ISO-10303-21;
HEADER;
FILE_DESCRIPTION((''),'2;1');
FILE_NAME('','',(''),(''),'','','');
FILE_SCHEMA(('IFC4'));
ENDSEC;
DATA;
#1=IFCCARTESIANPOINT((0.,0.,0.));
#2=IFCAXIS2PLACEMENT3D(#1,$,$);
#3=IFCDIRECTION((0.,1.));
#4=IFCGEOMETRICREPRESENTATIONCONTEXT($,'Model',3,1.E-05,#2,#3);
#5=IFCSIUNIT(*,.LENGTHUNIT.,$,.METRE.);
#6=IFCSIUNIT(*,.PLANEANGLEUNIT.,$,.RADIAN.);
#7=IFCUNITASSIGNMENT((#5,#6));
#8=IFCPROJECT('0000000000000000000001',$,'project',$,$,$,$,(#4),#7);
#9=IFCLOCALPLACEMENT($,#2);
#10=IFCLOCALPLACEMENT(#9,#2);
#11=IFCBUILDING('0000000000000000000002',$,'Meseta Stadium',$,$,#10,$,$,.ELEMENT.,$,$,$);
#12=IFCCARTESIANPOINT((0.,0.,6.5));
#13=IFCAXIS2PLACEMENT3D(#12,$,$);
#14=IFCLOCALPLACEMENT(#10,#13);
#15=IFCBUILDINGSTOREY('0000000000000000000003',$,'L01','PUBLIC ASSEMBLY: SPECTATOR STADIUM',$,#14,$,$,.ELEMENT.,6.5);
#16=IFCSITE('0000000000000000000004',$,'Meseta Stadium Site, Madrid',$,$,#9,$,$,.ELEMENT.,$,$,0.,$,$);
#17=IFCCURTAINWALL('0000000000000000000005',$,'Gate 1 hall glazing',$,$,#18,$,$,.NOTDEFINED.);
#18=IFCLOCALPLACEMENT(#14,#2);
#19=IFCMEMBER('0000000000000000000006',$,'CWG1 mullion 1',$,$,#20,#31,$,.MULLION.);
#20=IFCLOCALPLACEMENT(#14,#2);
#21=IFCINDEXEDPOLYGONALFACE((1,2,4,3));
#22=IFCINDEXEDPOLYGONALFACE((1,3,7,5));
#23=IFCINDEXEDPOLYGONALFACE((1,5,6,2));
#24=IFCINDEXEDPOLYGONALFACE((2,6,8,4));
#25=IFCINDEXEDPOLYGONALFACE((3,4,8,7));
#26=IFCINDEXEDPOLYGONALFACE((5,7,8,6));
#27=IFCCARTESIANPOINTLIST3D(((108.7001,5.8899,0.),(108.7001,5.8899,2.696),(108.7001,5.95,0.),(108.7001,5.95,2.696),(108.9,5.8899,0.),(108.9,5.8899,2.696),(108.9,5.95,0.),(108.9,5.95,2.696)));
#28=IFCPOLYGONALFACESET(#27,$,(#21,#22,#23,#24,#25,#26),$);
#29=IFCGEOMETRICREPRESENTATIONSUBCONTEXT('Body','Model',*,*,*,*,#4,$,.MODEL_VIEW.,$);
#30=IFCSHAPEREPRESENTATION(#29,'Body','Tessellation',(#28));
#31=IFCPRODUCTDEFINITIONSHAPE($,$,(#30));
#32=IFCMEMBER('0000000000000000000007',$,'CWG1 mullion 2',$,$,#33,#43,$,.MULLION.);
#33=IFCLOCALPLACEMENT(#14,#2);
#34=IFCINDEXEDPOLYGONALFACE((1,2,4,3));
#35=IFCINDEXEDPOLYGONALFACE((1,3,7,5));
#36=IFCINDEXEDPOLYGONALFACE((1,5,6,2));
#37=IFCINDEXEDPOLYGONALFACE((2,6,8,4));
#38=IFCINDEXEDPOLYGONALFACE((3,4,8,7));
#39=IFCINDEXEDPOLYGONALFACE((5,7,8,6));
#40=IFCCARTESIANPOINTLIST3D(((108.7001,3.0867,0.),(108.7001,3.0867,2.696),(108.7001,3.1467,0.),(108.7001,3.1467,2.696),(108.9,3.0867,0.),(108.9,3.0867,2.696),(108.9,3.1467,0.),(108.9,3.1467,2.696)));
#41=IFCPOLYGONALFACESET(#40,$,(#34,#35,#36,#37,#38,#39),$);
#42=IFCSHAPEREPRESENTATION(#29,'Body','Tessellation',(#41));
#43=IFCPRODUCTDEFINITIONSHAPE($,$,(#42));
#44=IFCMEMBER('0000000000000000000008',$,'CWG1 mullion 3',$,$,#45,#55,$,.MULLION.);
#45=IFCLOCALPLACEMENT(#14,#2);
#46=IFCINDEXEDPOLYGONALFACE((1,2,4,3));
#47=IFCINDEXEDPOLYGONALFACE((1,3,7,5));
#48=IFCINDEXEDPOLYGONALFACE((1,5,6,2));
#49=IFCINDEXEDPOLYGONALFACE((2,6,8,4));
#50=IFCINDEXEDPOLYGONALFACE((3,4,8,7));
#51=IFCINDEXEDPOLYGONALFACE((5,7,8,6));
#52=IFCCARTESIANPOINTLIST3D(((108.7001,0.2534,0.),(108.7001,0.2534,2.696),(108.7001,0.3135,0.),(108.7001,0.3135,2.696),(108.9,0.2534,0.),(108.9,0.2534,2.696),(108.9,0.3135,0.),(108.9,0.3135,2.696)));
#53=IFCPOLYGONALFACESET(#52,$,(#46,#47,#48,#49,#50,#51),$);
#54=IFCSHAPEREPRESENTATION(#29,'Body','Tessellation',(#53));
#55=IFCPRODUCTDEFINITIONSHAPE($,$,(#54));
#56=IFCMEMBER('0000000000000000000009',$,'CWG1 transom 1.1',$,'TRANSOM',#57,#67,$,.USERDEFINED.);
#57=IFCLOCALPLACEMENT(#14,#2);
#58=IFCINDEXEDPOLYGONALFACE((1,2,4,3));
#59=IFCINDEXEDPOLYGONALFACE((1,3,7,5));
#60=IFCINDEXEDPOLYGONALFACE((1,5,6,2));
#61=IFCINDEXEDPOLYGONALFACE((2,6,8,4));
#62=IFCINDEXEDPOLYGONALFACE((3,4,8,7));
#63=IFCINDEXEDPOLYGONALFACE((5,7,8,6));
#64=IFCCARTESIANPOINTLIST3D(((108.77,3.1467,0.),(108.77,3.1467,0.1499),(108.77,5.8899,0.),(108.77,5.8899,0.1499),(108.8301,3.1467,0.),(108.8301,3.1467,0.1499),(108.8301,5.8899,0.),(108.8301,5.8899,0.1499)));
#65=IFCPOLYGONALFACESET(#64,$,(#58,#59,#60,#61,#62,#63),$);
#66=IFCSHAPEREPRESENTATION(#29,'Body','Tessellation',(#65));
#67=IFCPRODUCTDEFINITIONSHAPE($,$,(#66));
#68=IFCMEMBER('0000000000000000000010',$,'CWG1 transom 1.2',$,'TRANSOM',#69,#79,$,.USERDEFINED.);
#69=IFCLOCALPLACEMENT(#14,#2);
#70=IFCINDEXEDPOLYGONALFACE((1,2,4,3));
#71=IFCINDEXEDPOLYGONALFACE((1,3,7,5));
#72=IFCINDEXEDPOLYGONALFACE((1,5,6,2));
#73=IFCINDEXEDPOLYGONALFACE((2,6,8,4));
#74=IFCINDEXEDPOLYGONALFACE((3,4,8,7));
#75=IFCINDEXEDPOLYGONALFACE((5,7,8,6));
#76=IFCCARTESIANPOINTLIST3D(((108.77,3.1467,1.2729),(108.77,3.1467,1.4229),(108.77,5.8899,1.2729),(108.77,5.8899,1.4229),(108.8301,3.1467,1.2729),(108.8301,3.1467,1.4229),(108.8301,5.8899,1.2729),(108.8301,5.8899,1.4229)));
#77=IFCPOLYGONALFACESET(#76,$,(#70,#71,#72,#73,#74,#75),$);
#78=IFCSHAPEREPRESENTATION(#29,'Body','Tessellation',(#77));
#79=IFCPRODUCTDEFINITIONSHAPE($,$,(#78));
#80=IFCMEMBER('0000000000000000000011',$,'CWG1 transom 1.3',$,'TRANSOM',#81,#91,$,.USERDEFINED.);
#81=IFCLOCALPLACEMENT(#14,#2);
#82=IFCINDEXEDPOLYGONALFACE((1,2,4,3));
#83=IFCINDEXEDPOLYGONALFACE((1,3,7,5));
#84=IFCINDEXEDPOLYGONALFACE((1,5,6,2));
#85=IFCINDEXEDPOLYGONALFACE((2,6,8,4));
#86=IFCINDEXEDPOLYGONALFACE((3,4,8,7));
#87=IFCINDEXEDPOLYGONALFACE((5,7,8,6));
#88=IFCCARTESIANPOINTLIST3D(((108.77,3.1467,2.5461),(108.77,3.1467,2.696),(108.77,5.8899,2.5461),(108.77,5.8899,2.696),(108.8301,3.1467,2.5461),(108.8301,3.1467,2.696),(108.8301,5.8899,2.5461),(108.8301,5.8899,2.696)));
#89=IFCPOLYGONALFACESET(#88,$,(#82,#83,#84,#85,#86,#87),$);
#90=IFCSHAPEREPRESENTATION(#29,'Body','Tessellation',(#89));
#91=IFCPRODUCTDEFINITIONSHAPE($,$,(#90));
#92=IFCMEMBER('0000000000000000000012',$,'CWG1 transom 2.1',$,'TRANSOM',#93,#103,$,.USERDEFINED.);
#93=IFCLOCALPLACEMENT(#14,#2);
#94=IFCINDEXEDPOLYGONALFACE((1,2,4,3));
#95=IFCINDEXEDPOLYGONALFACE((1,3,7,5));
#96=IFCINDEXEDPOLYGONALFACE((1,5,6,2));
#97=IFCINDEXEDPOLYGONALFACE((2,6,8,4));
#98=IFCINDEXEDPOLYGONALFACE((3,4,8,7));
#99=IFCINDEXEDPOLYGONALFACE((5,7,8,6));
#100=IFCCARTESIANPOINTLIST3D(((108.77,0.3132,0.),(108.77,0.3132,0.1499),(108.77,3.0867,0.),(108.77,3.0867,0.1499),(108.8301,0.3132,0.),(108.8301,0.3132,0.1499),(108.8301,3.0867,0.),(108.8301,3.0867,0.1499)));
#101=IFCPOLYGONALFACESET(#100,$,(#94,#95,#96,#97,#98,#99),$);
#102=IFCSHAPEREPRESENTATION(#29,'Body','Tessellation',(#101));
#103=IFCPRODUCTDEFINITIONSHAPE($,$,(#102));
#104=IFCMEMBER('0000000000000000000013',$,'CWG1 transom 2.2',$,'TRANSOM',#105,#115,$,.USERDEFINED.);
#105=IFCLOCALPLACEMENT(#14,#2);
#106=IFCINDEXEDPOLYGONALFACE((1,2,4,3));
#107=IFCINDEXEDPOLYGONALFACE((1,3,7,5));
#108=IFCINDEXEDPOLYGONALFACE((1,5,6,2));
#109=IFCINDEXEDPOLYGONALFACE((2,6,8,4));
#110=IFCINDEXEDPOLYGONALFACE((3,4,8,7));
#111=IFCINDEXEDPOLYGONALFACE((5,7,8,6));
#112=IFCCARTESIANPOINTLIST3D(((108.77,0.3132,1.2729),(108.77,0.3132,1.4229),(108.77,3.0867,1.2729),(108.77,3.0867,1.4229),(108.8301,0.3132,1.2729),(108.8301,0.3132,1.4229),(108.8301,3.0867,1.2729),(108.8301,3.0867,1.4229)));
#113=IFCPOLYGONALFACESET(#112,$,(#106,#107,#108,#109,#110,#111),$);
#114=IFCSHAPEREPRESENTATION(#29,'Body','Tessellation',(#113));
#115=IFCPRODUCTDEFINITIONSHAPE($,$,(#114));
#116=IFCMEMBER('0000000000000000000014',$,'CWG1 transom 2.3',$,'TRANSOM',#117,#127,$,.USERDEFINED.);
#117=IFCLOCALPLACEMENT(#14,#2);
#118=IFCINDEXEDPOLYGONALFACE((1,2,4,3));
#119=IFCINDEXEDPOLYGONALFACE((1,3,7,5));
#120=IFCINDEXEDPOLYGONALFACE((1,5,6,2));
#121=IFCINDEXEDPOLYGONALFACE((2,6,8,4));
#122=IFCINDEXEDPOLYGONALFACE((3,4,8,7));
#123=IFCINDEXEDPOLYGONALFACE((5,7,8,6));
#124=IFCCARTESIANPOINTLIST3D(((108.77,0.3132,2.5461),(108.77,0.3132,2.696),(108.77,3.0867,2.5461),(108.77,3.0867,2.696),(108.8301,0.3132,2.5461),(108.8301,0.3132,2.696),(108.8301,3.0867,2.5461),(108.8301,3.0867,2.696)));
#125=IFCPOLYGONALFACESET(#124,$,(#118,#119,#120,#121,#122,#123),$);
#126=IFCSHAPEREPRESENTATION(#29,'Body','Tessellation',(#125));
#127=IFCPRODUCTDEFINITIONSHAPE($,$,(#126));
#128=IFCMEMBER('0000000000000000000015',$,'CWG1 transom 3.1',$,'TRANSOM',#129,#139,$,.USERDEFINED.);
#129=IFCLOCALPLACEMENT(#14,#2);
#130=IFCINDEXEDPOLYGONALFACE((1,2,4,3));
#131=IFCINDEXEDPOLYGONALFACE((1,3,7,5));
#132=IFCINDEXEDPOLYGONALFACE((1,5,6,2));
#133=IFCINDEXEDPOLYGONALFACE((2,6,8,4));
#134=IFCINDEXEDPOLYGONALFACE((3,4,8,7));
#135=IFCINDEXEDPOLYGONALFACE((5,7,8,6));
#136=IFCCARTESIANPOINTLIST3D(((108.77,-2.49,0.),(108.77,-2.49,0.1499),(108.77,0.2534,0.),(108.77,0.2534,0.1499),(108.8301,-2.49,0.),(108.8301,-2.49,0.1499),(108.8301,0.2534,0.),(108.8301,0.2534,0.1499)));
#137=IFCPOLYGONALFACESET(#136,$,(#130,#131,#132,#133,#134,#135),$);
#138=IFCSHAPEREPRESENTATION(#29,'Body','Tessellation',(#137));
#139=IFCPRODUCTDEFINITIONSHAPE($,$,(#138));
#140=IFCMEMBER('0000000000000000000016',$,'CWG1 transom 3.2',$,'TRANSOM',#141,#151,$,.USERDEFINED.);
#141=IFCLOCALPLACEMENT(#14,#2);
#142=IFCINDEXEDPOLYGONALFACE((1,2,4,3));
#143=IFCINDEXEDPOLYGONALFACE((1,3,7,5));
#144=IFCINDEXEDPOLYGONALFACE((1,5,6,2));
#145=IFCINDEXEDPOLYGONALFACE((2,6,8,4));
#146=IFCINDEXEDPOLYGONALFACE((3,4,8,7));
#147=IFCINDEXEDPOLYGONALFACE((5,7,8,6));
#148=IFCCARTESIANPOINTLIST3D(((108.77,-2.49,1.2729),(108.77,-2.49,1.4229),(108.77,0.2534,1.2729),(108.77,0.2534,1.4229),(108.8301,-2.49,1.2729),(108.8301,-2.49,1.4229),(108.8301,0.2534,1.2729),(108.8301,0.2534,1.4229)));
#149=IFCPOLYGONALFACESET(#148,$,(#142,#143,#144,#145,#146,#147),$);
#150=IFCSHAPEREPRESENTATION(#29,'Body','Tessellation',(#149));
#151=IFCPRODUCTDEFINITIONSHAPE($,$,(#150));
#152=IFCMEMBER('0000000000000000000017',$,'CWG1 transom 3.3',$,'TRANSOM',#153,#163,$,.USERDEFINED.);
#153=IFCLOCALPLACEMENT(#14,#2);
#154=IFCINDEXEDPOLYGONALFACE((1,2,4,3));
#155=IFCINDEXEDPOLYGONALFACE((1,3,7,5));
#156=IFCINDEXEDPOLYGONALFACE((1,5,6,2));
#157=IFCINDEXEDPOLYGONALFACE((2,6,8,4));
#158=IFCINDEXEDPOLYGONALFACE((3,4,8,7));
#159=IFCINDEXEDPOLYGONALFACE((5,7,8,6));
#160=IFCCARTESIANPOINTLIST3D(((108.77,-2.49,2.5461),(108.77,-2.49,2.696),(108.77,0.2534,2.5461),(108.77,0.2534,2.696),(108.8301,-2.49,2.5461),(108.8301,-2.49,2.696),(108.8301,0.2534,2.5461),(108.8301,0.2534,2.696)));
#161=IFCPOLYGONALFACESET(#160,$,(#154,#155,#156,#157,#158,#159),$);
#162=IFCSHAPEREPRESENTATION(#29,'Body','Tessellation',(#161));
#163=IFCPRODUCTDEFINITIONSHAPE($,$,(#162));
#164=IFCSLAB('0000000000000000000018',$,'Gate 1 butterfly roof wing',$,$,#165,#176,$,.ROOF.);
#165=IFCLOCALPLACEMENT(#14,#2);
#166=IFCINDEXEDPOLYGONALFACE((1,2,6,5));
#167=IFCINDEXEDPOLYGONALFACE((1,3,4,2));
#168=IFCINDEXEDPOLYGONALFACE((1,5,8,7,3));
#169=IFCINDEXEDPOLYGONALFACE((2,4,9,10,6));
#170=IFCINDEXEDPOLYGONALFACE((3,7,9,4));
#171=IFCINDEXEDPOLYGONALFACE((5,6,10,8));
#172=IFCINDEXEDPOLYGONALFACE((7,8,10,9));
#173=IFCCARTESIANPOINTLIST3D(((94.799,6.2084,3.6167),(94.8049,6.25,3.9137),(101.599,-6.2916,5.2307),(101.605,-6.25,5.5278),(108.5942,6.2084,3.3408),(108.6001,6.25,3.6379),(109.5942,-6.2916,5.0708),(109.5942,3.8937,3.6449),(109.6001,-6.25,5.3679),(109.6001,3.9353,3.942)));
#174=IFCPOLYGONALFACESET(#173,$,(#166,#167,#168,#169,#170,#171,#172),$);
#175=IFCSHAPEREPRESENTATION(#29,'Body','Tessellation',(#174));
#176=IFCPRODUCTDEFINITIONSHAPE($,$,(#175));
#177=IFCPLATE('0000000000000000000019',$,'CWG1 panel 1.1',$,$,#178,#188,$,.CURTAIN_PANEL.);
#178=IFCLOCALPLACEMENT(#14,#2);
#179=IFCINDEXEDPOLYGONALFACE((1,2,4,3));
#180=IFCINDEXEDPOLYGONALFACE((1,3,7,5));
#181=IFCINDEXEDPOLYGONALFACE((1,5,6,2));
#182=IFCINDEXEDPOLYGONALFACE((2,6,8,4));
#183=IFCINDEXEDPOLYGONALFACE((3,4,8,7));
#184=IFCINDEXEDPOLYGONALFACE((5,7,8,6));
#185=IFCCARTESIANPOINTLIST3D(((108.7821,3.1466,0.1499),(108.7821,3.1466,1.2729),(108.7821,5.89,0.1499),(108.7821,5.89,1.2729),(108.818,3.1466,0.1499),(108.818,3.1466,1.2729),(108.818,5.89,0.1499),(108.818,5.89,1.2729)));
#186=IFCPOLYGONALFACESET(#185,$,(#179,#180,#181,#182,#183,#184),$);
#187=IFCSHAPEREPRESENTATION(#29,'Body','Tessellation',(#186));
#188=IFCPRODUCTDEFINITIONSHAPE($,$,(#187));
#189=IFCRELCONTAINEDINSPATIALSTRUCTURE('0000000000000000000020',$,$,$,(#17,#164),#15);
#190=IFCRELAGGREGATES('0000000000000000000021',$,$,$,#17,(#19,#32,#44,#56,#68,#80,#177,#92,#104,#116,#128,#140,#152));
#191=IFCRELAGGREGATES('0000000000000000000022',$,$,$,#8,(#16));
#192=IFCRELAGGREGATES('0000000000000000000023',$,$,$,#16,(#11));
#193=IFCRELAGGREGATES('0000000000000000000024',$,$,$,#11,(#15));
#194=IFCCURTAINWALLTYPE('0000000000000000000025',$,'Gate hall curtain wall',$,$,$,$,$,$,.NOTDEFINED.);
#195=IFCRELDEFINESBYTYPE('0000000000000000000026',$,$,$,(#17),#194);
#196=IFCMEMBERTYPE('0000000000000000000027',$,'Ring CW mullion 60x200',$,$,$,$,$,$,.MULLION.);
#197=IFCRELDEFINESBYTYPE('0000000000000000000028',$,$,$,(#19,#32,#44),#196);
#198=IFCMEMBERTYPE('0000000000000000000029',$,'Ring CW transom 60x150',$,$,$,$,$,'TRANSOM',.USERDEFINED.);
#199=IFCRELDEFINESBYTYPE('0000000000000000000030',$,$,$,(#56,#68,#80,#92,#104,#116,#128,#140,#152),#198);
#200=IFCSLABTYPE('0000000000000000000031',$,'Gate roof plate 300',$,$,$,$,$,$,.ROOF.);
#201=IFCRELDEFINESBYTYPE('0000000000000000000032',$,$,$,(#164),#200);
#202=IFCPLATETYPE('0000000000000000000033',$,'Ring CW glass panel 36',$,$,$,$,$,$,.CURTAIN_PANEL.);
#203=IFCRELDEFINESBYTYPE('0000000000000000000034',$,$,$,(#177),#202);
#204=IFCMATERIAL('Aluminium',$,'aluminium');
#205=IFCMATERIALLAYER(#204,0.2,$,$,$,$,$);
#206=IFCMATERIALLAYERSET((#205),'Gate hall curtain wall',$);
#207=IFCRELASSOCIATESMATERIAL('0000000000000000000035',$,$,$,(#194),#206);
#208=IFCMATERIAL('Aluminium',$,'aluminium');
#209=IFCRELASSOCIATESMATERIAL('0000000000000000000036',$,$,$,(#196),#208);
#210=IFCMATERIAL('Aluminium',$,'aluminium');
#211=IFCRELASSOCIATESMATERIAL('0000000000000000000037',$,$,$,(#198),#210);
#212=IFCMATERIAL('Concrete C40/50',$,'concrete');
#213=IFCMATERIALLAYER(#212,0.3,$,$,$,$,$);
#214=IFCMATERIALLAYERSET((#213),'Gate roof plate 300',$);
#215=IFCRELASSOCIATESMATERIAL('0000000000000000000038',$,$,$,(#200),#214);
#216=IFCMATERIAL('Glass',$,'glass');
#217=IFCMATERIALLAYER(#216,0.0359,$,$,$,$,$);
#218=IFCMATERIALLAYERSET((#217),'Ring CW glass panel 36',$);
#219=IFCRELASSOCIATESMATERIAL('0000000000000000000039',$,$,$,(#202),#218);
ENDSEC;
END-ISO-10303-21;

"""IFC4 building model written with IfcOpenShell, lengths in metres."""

from ifc_helpers import new_model, si_unit, direction, frame, origin, origin_2d, place, context, subcontext, project, spatial, polyline, rectangle, outline, extrude, material, layer, layer_set, material_profile, profile_set, type_object, element, aggregate, save


model = new_model("IFC4")

# Units and contexts
model_context = context("Model", 3, precision=1e-05, world=origin(), true_north=direction((0.0, 1.0)))
body_context = subcontext(model_context, "Body", "Model", "MODEL_VIEW")
ifc_project = project(units=[si_unit("LENGTHUNIT", "METRE"), si_unit("PLANEANGLEUNIT", "RADIAN")], contexts=[model_context])

# Site, building, storey
site_placement = place(None, origin())
site = spatial("IfcSite", under=ifc_project, at=site_placement, Name="Meseta Stadium Site, Madrid", CompositionType="ELEMENT", RefElevation=0.0)
building_placement = place(site_placement, origin())
building = spatial("IfcBuilding", under=site, at=building_placement, Name="Meseta Stadium", CompositionType="ELEMENT")
storey_placement = place(building_placement, frame((0.0, 0.0, 6.5)))
storey = spatial("IfcBuildingStorey", under=building, at=storey_placement, Name="L01", Description="PUBLIC ASSEMBLY: SPECTATOR STADIUM", CompositionType="ELEMENT", Elevation=6.5)

# Curtain wall, members
ifc_material_1 = material(Name="Aluminium", Category="aluminium")
ifc_layer_1 = layer(ifc_material_1, 0.2)
ifc_layer_set_1 = layer_set([ifc_layer_1], Name="Gate hall curtain wall")
curtain_wall_type = type_object("IfcCurtainWallType", Name="Gate hall curtain wall", PredefinedType="NOTDEFINED", material=ifc_layer_set_1)
curtain_wall_placement = place(storey_placement, origin())
curtain_wall = element("IfcCurtainWall", 1, at=curtain_wall_placement, inside=storey, type_object=curtain_wall_type, Name="Gate 1 hall glazing", PredefinedType="NOTDEFINED")
ifc_material_2 = material(Name="Aluminium", Category="aluminium")
ifc_material_profile_1 = material_profile(ifc_material_2, rectangle(XDim=0.2, YDim=0.0601, at=origin_2d()), Name="CW 200x60")
ifc_profile_set_1 = profile_set([ifc_material_profile_1], Name="Aluminium")
member_type_1 = type_object("IfcMemberType", Name="Ring CW mullion 60x200", PredefinedType="MULLION", material=ifc_profile_set_1)
member_1_placement = place(storey_placement, frame((108.8, 5.9199, 0.0), z_axis=(0.0, 0.0, 1.0), x_axis=(1.0, 0.0, 0.0)))
member_1 = element("IfcMember", 2, at=member_1_placement, type_object=member_type_1, Name="CWG1 mullion 1", PredefinedType="MULLION", context=body_context, shape_type="SweptSolid", body=[
    extrude(rectangle(XDim=0.2, YDim=0.0601, at=origin_2d()), origin(), (0.0, 0.0, 1.0), 2.696),
])
member_2_placement = place(storey_placement, frame((108.8, 3.1167, 0.0), z_axis=(0.0, 0.0, 1.0), x_axis=(1.0, 0.0, 0.0)))
member_2 = element("IfcMember", 3, at=member_2_placement, type_object=member_type_1, Name="CWG1 mullion 2", PredefinedType="MULLION", context=body_context, shape_type="SweptSolid", body=[
    extrude(rectangle(XDim=0.2, YDim=0.0601, at=origin_2d()), origin(), (0.0, 0.0, 1.0), 2.696),
])
member_3_placement = place(storey_placement, frame((108.8, 0.2834, 0.0), z_axis=(0.0, 0.0, 1.0), x_axis=(1.0, 0.0, 0.0)))
member_3 = element("IfcMember", 4, at=member_3_placement, type_object=member_type_1, Name="CWG1 mullion 3", PredefinedType="MULLION", context=body_context, shape_type="SweptSolid", body=[
    extrude(rectangle(XDim=0.2, YDim=0.0601, at=origin_2d()), origin(), (0.0, 0.0, 1.0), 2.696),
])
ifc_material_3 = material(Name="Aluminium", Category="aluminium")
ifc_material_profile_2 = material_profile(ifc_material_3, rectangle(XDim=0.0601, YDim=0.1499, at=origin_2d()), Name="CW 60x150")
ifc_profile_set_2 = profile_set([ifc_material_profile_2], Name="Aluminium")
member_type_2 = type_object("IfcMemberType", Name="Ring CW transom 60x150", ElementType="TRANSOM", PredefinedType="USERDEFINED", material=ifc_profile_set_2)
member_4_placement = place(storey_placement, frame((108.8, 5.8899, 0.075), z_axis=(0.0, -1.0, 0.0), x_axis=(1.0, 0.0, 0.0)))
member_4 = element("IfcMember", 5, at=member_4_placement, type_object=member_type_2, Name="CWG1 transom 1.1", ObjectType="TRANSOM", PredefinedType="USERDEFINED", context=body_context, shape_type="SweptSolid", body=[
    extrude(rectangle(XDim=0.0601, YDim=0.1499, at=origin_2d()), origin(), (0.0, 0.0, 1.0), 2.7432),
])
member_5_placement = place(storey_placement, frame((108.8, 5.8899, 1.3479), z_axis=(0.0, -1.0, 0.0), x_axis=(1.0, 0.0, 0.0)))
member_5 = element("IfcMember", 6, at=member_5_placement, type_object=member_type_2, Name="CWG1 transom 1.2", ObjectType="TRANSOM", PredefinedType="USERDEFINED", context=body_context, shape_type="SweptSolid", body=[
    extrude(rectangle(XDim=0.0601, YDim=0.1499, at=origin_2d()), origin(), (0.0, 0.0, 1.0), 2.7432),
])
member_6_placement = place(storey_placement, frame((108.8, 5.8899, 2.6211), z_axis=(0.0, -1.0, 0.0), x_axis=(1.0, 0.0, 0.0)))
member_6 = element("IfcMember", 7, at=member_6_placement, type_object=member_type_2, Name="CWG1 transom 1.3", ObjectType="TRANSOM", PredefinedType="USERDEFINED", context=body_context, shape_type="SweptSolid", body=[
    extrude(rectangle(XDim=0.0601, YDim=0.1499, at=origin_2d()), origin(), (0.0, 0.0, 1.0), 2.7432),
])
member_7_placement = place(storey_placement, frame((108.8, 3.0867, 0.075), z_axis=(0.0, -1.0, 0.0), x_axis=(1.0, 0.0, 0.0)))
member_7 = element("IfcMember", 8, at=member_7_placement, type_object=member_type_2, Name="CWG1 transom 2.1", ObjectType="TRANSOM", PredefinedType="USERDEFINED", context=body_context, shape_type="SweptSolid", body=[
    extrude(rectangle(XDim=0.0601, YDim=0.1499, at=origin_2d()), origin(), (0.0, 0.0, 1.0), 2.7734),
])
member_8_placement = place(storey_placement, frame((108.8, 3.0867, 1.3479), z_axis=(0.0, -1.0, 0.0), x_axis=(1.0, 0.0, 0.0)))
member_8 = element("IfcMember", 9, at=member_8_placement, type_object=member_type_2, Name="CWG1 transom 2.2", ObjectType="TRANSOM", PredefinedType="USERDEFINED", context=body_context, shape_type="SweptSolid", body=[
    extrude(rectangle(XDim=0.0601, YDim=0.1499, at=origin_2d()), origin(), (0.0, 0.0, 1.0), 2.7734),
])
member_9_placement = place(storey_placement, frame((108.8, 3.0867, 2.6211), z_axis=(0.0, -1.0, 0.0), x_axis=(1.0, 0.0, 0.0)))
member_9 = element("IfcMember", 10, at=member_9_placement, type_object=member_type_2, Name="CWG1 transom 2.3", ObjectType="TRANSOM", PredefinedType="USERDEFINED", context=body_context, shape_type="SweptSolid", body=[
    extrude(rectangle(XDim=0.0601, YDim=0.1499, at=origin_2d()), origin(), (0.0, 0.0, 1.0), 2.7734),
])
member_10_placement = place(storey_placement, frame((108.8, 0.2534, 0.075), z_axis=(0.0, -1.0, 0.0), x_axis=(1.0, 0.0, 0.0)))
member_10 = element("IfcMember", 11, at=member_10_placement, type_object=member_type_2, Name="CWG1 transom 3.1", ObjectType="TRANSOM", PredefinedType="USERDEFINED", context=body_context, shape_type="SweptSolid", body=[
    extrude(rectangle(XDim=0.0601, YDim=0.1499, at=origin_2d()), origin(), (0.0, 0.0, 1.0), 2.7434),
])
member_11_placement = place(storey_placement, frame((108.8, 0.2534, 1.3479), z_axis=(0.0, -1.0, 0.0), x_axis=(1.0, 0.0, 0.0)))
member_11 = element("IfcMember", 12, at=member_11_placement, type_object=member_type_2, Name="CWG1 transom 3.2", ObjectType="TRANSOM", PredefinedType="USERDEFINED", context=body_context, shape_type="SweptSolid", body=[
    extrude(rectangle(XDim=0.0601, YDim=0.1499, at=origin_2d()), origin(), (0.0, 0.0, 1.0), 2.7434),
])
member_12_placement = place(storey_placement, frame((108.8, 0.2534, 2.6211), z_axis=(0.0, -1.0, 0.0), x_axis=(1.0, 0.0, 0.0)))
member_12 = element("IfcMember", 13, at=member_12_placement, type_object=member_type_2, Name="CWG1 transom 3.3", ObjectType="TRANSOM", PredefinedType="USERDEFINED", context=body_context, shape_type="SweptSolid", body=[
    extrude(rectangle(XDim=0.0601, YDim=0.1499, at=origin_2d()), origin(), (0.0, 0.0, 1.0), 2.7434),
])

# Slab
ifc_material_4 = material(Name="Concrete C40/50", Category="concrete")
ifc_layer_2 = layer(ifc_material_4, 0.3)
ifc_layer_set_2 = layer_set([ifc_layer_2], Name="Gate roof plate 300")
slab_type = type_object("IfcSlabType", Name="Gate roof plate 300", PredefinedType="ROOF", material=ifc_layer_set_2)
slab_placement = place(storey_placement, frame((108.6001, 6.25, 3.6379), z_axis=(0.019796, 0.13862, 0.990148), x_axis=(-0.9998, -0.000001, 0.019989)))
element("IfcSlab", 14, at=slab_placement, inside=storey, type_object=slab_type, Name="Gate 1 butterfly roof wing", PredefinedType="ROOF", context=body_context, shape_type="SweptSolid", body=[
    extrude(outline(polyline([(0.0, 0.0), (13.7979, 0.0), (7.0315, 12.6219), (-0.9652, 12.6219), (-0.9937, 2.3373), (0.0, 0.0)])), origin(), (0.0, 0.0, -1.0), 0.3),
])

# Plate
ifc_material_5 = material(Name="Glass", Category="glass")
ifc_layer_3 = layer(ifc_material_5, 0.0359)
ifc_layer_set_3 = layer_set([ifc_layer_3], Name="Ring CW glass panel 36")
plate_type = type_object("IfcPlateType", Name="Ring CW glass panel 36", PredefinedType="CURTAIN_PANEL", material=ifc_layer_set_3)
plate_1_placement = place(storey_placement, frame((108.8, 4.5183, 0.1499), z_axis=(0.0, 0.0, 1.0), x_axis=(0.0, -1.0, 0.0)))
plate_1 = element("IfcPlate", 15, at=plate_1_placement, type_object=plate_type, Name="CWG1 panel 1.1", PredefinedType="CURTAIN_PANEL", context=body_context, shape_type="SweptSolid", body=[
    extrude(rectangle(XDim=2.7434, YDim=0.0359, at=origin_2d()), origin(), (0.0, 0.0, 1.0), 1.123),
])
aggregate(curtain_wall, [member_1, member_2, member_3, member_4, member_5, member_6, plate_1, member_7, member_8, member_9, member_10, member_11, member_12])

save(model, "model.ifc")
